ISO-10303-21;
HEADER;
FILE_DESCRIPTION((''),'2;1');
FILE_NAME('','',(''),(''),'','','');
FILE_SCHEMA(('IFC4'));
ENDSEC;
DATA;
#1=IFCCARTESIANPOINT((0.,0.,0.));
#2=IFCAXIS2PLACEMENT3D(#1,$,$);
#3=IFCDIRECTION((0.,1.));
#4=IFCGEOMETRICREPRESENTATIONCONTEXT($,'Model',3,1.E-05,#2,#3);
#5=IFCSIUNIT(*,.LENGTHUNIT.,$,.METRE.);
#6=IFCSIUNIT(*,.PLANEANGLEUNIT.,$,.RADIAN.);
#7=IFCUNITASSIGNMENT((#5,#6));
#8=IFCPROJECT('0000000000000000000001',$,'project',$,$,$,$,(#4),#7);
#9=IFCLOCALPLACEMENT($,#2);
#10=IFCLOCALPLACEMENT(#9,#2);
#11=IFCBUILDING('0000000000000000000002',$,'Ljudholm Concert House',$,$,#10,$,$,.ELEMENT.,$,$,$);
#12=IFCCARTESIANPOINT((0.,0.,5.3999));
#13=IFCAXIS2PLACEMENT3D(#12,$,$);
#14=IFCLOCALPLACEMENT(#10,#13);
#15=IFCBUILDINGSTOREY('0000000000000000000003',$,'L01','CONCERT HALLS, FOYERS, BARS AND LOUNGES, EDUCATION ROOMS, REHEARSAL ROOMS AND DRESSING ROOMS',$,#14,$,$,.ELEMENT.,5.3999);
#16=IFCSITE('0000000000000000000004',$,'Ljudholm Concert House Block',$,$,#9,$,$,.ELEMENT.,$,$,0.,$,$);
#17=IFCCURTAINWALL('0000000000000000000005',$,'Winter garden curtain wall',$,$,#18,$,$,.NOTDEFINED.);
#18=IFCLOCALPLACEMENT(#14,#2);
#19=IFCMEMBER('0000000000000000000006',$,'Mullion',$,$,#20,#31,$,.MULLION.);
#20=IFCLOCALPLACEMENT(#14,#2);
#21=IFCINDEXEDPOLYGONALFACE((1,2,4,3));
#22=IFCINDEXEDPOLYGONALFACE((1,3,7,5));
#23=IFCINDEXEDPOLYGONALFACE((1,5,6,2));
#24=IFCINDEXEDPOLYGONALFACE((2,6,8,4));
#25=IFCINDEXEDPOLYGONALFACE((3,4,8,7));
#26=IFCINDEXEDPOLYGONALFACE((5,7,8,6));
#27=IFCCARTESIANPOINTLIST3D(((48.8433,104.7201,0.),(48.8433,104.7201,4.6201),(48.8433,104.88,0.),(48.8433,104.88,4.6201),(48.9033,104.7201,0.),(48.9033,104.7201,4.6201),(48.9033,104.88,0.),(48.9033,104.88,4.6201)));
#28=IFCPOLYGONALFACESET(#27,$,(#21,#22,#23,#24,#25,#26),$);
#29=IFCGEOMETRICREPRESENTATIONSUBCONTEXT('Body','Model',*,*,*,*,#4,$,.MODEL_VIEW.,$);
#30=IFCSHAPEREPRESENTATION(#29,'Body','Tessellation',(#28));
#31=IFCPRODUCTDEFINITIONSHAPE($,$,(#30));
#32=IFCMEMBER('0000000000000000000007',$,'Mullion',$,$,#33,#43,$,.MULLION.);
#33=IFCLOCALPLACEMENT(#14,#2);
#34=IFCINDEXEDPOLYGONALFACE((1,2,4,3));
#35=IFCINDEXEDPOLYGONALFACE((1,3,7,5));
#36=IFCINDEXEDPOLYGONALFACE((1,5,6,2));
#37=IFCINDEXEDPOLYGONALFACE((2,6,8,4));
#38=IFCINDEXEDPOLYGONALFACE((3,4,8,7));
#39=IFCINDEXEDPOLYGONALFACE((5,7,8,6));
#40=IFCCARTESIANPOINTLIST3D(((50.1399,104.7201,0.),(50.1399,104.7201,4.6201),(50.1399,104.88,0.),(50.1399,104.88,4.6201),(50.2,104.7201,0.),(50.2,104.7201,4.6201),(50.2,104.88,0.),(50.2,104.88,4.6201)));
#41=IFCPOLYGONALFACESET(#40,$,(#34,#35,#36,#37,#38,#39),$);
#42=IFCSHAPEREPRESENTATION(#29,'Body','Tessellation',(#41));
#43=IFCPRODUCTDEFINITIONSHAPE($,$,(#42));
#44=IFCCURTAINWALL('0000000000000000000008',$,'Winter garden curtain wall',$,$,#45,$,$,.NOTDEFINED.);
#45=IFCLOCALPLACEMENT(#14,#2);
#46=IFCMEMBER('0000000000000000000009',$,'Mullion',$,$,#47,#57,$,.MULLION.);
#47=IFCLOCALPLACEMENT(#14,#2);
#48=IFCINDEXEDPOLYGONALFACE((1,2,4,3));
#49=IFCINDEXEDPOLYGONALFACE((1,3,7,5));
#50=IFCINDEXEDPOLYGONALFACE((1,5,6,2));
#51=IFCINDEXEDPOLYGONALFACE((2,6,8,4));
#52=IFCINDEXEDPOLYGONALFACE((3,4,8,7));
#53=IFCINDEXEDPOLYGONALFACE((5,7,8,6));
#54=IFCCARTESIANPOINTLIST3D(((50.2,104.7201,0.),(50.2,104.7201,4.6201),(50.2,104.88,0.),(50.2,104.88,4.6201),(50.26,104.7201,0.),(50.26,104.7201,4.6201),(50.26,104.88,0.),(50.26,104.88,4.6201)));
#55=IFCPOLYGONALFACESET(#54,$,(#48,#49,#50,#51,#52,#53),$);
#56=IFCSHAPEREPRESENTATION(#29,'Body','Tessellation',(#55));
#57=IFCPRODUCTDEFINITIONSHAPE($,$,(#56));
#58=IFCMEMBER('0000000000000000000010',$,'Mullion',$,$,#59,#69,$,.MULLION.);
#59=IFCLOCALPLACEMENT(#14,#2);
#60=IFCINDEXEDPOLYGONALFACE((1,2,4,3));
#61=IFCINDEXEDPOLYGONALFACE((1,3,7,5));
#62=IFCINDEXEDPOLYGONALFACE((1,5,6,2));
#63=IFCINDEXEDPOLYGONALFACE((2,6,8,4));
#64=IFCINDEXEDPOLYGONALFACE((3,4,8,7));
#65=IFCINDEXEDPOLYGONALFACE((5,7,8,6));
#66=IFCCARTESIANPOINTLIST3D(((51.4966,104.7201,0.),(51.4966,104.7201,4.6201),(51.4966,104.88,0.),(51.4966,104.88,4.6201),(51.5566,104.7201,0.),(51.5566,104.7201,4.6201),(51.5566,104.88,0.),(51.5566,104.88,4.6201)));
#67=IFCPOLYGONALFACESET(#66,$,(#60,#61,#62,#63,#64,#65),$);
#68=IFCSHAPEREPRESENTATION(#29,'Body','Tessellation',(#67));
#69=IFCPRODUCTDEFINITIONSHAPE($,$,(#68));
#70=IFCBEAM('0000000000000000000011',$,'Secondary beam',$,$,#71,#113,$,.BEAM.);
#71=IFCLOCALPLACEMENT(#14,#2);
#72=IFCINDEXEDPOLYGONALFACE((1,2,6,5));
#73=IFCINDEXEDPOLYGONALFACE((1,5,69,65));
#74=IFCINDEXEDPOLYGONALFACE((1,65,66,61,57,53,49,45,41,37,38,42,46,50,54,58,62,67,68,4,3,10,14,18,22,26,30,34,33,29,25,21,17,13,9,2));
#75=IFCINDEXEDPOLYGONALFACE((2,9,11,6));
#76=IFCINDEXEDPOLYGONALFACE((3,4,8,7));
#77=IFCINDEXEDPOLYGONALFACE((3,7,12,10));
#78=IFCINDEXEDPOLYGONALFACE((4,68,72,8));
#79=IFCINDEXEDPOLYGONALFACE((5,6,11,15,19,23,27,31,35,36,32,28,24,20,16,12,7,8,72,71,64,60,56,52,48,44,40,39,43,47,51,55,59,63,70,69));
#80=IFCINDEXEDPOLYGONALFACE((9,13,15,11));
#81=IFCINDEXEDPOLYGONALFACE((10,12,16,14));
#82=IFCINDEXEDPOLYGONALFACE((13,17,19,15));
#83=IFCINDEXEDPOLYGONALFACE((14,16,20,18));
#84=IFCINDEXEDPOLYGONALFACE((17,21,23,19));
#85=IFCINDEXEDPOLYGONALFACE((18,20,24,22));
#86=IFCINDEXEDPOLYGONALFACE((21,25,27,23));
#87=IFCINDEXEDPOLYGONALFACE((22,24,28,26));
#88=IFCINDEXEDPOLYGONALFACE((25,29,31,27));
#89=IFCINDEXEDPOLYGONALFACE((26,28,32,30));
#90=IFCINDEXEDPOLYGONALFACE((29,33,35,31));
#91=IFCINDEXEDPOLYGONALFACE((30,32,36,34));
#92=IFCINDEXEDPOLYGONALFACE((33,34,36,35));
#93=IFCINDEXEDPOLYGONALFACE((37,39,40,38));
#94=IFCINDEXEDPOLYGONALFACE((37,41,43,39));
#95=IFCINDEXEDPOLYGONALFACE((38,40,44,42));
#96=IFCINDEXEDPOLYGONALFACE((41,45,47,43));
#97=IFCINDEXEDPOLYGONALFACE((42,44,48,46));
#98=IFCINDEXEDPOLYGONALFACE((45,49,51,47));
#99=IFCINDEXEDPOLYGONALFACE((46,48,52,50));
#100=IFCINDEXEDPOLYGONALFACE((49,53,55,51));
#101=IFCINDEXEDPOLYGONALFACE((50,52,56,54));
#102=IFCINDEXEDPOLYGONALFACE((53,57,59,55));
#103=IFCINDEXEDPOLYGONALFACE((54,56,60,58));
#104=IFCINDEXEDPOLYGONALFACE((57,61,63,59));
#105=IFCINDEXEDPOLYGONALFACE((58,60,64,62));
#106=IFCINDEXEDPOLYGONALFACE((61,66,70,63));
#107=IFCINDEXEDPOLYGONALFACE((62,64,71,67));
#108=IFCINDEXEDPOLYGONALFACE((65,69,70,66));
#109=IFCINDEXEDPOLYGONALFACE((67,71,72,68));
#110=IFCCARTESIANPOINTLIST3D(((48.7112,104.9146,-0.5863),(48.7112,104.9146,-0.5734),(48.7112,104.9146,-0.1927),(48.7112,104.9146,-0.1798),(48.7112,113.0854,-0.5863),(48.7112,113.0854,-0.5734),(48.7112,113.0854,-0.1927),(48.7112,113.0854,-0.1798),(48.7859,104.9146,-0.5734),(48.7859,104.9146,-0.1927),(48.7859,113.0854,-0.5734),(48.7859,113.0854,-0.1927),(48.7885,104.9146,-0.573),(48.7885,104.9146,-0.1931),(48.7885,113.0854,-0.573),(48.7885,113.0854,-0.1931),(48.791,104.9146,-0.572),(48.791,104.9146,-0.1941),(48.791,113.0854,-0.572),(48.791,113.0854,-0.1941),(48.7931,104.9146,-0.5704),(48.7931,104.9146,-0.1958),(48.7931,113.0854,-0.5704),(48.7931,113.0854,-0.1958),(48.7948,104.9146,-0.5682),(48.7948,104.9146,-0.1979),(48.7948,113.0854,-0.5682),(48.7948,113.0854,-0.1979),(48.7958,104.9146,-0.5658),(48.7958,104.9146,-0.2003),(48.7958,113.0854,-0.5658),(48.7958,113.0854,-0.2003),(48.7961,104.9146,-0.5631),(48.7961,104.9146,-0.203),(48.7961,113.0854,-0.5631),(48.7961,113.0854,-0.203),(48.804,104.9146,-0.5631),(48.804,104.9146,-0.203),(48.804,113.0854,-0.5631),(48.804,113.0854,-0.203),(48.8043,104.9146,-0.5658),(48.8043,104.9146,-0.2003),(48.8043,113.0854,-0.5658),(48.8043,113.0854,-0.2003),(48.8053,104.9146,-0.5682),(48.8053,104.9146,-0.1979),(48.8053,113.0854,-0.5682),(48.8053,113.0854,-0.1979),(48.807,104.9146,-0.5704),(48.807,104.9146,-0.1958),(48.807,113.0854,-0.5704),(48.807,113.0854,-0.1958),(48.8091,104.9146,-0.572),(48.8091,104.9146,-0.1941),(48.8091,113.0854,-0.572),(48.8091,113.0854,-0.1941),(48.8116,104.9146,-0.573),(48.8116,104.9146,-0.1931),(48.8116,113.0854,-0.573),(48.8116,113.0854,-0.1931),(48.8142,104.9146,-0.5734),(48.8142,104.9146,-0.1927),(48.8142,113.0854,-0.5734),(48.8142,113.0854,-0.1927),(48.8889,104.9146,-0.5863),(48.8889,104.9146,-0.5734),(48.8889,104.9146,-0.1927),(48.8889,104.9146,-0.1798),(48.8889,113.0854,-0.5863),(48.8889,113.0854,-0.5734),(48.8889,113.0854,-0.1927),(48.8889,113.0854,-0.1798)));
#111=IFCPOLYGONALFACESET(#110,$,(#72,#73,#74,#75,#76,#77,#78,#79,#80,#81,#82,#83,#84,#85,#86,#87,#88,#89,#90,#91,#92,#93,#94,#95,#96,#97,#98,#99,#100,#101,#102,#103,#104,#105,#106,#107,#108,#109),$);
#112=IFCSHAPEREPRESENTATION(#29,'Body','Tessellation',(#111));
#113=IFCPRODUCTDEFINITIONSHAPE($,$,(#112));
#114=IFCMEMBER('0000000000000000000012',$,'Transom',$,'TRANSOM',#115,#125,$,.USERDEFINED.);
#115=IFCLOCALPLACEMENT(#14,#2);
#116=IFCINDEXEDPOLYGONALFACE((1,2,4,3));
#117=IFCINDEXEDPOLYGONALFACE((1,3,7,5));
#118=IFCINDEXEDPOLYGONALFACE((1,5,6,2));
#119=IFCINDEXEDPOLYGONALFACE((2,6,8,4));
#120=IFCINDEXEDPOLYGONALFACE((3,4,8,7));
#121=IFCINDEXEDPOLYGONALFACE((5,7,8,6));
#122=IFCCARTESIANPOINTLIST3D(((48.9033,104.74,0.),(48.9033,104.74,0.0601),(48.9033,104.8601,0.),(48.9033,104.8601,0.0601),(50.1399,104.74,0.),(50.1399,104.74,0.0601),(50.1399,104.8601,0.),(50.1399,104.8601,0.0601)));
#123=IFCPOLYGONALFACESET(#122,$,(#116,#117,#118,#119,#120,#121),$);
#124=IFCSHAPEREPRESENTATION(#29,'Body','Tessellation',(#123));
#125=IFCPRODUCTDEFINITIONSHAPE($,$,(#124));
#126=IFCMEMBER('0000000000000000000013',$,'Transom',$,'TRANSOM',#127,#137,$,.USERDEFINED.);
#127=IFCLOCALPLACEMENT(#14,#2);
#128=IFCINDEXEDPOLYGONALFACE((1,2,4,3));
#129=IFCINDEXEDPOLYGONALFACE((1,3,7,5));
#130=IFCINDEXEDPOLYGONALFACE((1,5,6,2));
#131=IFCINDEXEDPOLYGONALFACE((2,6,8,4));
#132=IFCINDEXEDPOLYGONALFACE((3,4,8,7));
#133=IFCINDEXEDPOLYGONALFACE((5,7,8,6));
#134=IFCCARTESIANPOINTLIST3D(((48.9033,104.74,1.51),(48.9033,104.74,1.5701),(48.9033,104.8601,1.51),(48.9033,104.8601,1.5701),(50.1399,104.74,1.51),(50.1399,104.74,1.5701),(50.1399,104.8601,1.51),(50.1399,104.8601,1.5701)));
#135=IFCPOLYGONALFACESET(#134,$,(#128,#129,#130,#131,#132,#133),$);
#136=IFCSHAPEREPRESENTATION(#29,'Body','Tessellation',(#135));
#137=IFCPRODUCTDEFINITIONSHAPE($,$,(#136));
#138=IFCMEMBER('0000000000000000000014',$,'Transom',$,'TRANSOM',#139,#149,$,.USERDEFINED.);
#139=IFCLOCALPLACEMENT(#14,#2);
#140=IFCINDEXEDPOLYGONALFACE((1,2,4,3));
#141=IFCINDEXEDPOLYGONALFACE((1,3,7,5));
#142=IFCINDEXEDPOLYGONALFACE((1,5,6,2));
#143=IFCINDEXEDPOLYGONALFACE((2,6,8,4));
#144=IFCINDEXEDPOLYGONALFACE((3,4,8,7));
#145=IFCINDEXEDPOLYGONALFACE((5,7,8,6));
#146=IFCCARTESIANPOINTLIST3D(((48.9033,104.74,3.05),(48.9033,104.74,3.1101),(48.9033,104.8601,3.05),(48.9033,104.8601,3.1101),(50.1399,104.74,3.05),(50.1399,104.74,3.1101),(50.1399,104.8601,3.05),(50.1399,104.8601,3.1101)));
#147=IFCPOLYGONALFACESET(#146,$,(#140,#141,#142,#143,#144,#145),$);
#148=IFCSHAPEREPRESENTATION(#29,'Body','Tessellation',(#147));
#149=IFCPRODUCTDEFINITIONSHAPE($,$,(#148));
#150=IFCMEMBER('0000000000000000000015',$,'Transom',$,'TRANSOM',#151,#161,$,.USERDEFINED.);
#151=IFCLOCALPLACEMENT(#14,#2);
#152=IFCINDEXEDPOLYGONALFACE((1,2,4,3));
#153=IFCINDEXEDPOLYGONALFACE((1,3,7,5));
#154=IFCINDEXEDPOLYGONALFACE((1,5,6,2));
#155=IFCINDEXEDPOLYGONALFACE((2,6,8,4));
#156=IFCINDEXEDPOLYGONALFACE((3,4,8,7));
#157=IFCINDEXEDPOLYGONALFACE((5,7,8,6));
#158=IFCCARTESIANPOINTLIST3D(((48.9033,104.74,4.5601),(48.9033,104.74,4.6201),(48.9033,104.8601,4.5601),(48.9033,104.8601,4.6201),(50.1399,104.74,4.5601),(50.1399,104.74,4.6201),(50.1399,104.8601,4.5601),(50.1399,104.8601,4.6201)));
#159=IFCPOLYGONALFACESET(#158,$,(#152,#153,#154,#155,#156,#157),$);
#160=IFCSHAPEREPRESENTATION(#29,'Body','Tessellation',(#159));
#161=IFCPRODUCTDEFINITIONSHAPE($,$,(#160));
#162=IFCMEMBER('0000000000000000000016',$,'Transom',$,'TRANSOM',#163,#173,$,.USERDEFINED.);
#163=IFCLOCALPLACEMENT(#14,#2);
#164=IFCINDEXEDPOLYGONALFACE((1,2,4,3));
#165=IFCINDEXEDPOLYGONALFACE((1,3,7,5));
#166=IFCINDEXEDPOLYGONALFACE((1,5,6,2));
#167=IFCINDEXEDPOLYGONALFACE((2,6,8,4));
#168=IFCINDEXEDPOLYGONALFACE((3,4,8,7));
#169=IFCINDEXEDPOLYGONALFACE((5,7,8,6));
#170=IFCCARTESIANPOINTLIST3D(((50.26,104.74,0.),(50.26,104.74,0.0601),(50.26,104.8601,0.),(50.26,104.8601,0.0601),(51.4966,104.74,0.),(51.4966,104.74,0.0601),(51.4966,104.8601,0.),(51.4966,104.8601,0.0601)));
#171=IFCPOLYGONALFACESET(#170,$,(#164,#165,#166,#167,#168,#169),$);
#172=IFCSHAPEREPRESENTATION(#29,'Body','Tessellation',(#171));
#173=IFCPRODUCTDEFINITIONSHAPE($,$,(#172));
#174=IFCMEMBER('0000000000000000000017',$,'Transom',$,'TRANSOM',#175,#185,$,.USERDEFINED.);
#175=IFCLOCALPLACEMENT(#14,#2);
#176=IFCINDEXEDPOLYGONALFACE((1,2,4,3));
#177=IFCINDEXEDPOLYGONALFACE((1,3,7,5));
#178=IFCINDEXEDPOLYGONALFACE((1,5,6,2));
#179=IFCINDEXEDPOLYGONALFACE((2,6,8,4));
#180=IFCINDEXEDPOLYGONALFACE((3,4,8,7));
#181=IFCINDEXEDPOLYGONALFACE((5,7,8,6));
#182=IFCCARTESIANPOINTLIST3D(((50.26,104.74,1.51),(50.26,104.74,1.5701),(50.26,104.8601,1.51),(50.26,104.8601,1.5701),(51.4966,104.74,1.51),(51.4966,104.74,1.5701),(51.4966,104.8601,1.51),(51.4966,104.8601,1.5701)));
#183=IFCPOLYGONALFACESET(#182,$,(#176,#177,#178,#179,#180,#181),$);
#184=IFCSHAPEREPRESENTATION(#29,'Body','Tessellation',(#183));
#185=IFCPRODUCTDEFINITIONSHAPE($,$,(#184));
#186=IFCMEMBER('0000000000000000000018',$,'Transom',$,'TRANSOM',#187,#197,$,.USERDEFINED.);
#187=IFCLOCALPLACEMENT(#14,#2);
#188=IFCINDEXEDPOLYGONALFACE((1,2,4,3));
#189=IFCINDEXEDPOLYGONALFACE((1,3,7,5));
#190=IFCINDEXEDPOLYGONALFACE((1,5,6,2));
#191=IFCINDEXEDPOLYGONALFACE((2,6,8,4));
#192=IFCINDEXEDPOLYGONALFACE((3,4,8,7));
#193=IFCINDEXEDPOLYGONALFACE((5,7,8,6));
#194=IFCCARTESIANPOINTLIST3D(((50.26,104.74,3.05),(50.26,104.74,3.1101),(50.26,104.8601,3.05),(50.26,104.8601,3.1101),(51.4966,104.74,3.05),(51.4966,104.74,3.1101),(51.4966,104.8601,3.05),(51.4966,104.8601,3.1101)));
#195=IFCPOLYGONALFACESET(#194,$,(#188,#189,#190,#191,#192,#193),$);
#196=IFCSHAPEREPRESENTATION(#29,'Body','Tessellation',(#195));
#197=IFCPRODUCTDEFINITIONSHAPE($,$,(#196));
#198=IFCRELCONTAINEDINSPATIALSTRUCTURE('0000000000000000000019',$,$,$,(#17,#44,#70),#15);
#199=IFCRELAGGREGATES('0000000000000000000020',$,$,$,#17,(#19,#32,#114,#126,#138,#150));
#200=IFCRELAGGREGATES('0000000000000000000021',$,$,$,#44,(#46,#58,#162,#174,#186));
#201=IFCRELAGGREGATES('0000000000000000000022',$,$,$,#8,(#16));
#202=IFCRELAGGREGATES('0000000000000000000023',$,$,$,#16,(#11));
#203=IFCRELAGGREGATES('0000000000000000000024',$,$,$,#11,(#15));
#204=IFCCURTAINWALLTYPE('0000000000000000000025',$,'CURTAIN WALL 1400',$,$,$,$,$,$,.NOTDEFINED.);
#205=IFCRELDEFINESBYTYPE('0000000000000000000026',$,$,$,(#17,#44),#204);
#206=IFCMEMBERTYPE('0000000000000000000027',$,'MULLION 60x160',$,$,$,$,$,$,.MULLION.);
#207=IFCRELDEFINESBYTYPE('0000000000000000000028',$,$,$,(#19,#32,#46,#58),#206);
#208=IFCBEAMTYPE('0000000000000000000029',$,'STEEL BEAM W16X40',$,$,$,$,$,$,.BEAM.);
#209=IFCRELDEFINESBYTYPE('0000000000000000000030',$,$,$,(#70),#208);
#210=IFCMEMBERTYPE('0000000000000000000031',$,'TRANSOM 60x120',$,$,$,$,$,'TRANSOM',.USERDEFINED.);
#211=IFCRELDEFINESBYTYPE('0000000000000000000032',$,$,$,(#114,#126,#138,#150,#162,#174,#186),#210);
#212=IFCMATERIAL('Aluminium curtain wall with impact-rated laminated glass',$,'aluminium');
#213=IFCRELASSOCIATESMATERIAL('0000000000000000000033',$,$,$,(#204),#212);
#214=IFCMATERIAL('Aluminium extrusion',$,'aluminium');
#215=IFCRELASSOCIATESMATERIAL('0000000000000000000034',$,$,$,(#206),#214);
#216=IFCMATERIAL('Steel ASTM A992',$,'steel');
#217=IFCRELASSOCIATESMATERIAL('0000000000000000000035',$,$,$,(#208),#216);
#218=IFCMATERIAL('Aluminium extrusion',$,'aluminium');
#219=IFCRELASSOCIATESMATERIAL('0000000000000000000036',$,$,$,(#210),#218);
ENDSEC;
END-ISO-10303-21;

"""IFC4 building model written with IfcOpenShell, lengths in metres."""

from ifc_helpers import new_model, si_unit, direction, frame, origin, origin_2d, place, context, subcontext, project, spatial, rectangle, i_section, extrude, material, material_profile, profile_set, type_object, element, aggregate, save


model = new_model("IFC4")

# Units and contexts
model_context = context("Model", 3, precision=1e-05, world=origin(), true_north=direction((0.0, 1.0)))
body_context = subcontext(model_context, "Body", "Model", "MODEL_VIEW")
ifc_project = project(units=[si_unit("LENGTHUNIT", "METRE"), si_unit("PLANEANGLEUNIT", "RADIAN")], contexts=[model_context])

# Site, building, storey
site_placement = place(None, origin())
site = spatial("IfcSite", under=ifc_project, at=site_placement, Name="Ljudholm Concert House Block", CompositionType="ELEMENT", RefElevation=0.0)
building_placement = place(site_placement, origin())
building = spatial("IfcBuilding", under=site, at=building_placement, Name="Ljudholm Concert House", CompositionType="ELEMENT")
storey_placement = place(building_placement, frame((0.0, 0.0, 5.3999)))
storey = spatial("IfcBuildingStorey", under=building, at=storey_placement, Name="L01", Description="CONCERT HALLS, FOYERS, BARS AND LOUNGES, EDUCATION ROOMS, REHEARSAL ROOMS AND DRESSING ROOMS", CompositionType="ELEMENT", Elevation=5.3999)

# Curtain walls, members
ifc_material_1 = material(Name="Aluminium curtain wall with impact-rated laminated glass", Category="aluminium")
curtain_wall_type = type_object("IfcCurtainWallType", Name="CURTAIN WALL 1400", PredefinedType="NOTDEFINED", material=ifc_material_1)
curtain_wall_1_placement = place(storey_placement, origin())
curtain_wall_1 = element("IfcCurtainWall", 1, at=curtain_wall_1_placement, inside=storey, type_object=curtain_wall_type, Name="Winter garden curtain wall", PredefinedType="NOTDEFINED")
ifc_material_2 = material(Name="Aluminium extrusion", Category="aluminium")
ifc_material_profile_1 = material_profile(ifc_material_2, rectangle(XDim=0.1599, YDim=0.0601, at=origin_2d()), Name="MULLION 60x160")
ifc_profile_set_1 = profile_set([ifc_material_profile_1], Name="Aluminium extrusion")
member_type_1 = type_object("IfcMemberType", Name="MULLION 60x160", PredefinedType="MULLION", material=ifc_profile_set_1)
member_1_placement = place(storey_placement, frame((48.8733, 104.8, 0.0), z_axis=(0.0, 0.0, 1.0), x_axis=(0.0, 1.0, 0.0)))
member_1 = element("IfcMember", 2, at=member_1_placement, type_object=member_type_1, Name="Mullion", PredefinedType="MULLION", context=body_context, shape_type="SweptSolid", body=[
    extrude(rectangle(XDim=0.1599, YDim=0.0601, at=origin_2d()), origin(), (0.0, 0.0, 1.0), 4.6201),
])
member_2_placement = place(storey_placement, frame((50.1699, 104.8, 0.0), z_axis=(0.0, 0.0, 1.0), x_axis=(0.0, 1.0, 0.0)))
member_2 = element("IfcMember", 3, at=member_2_placement, type_object=member_type_1, Name="Mullion", PredefinedType="MULLION", context=body_context, shape_type="SweptSolid", body=[
    extrude(rectangle(XDim=0.1599, YDim=0.0601, at=origin_2d()), origin(), (0.0, 0.0, 1.0), 4.6201),
])
curtain_wall_2_placement = place(storey_placement, origin())
curtain_wall_2 = element("IfcCurtainWall", 4, at=curtain_wall_2_placement, inside=storey, type_object=curtain_wall_type, Name="Winter garden curtain wall", PredefinedType="NOTDEFINED")
member_3_placement = place(storey_placement, frame((50.23, 104.8, 0.0), z_axis=(0.0, 0.0, 1.0), x_axis=(0.0, 1.0, 0.0)))
member_3 = element("IfcMember", 5, at=member_3_placement, type_object=member_type_1, Name="Mullion", PredefinedType="MULLION", context=body_context, shape_type="SweptSolid", body=[
    extrude(rectangle(XDim=0.1599, YDim=0.0601, at=origin_2d()), origin(), (0.0, 0.0, 1.0), 4.6201),
])
member_4_placement = place(storey_placement, frame((51.5266, 104.8, 0.0), z_axis=(0.0, 0.0, 1.0), x_axis=(0.0, 1.0, 0.0)))
member_4 = element("IfcMember", 6, at=member_4_placement, type_object=member_type_1, Name="Mullion", PredefinedType="MULLION", context=body_context, shape_type="SweptSolid", body=[
    extrude(rectangle(XDim=0.1599, YDim=0.0601, at=origin_2d()), origin(), (0.0, 0.0, 1.0), 4.6201),
])

# Beam
ifc_material_3 = material(Name="Steel ASTM A992", Category="steel")
ifc_material_profile_2 = material_profile(ifc_material_3, i_section(OverallWidth=0.1777, OverallDepth=0.4065, WebThickness=0.0078, FlangeThickness=0.0129, FilletRadius=0.0103, at=origin_2d()), Name="W16X40")
ifc_profile_set_2 = profile_set([ifc_material_profile_2], Name="Steel ASTM A992")
beam_type = type_object("IfcBeamType", Name="STEEL BEAM W16X40", PredefinedType="BEAM", material=ifc_profile_set_2)
beam_placement = place(storey_placement, frame((48.8, 104.9146, -0.3831), z_axis=(0.0, 1.0, 0.0), x_axis=(-1.0, 0.0, 0.0)))
element("IfcBeam", 7, at=beam_placement, inside=storey, type_object=beam_type, Name="Secondary beam", PredefinedType="BEAM", context=body_context, shape_type="SweptSolid", body=[
    extrude(i_section(OverallWidth=0.1777, OverallDepth=0.4065, WebThickness=0.0078, FlangeThickness=0.0129, FilletRadius=0.0103, at=origin_2d()), origin(), (0.0, 0.0, 1.0), 8.1709),
])

# Members
ifc_material_4 = material(Name="Aluminium extrusion", Category="aluminium")
ifc_material_profile_3 = material_profile(ifc_material_4, rectangle(XDim=0.1201, YDim=0.0601, at=origin_2d()), Name="TRANSOM 60x120")
ifc_profile_set_3 = profile_set([ifc_material_profile_3], Name="Aluminium extrusion")
member_type_2 = type_object("IfcMemberType", Name="TRANSOM 60x120", ElementType="TRANSOM", PredefinedType="USERDEFINED", material=ifc_profile_set_3)
member_5_placement = place(storey_placement, frame((48.9033, 104.8, 0.03), z_axis=(1.0, 0.0, 0.0), x_axis=(0.0, 1.0, 0.0)))
member_5 = element("IfcMember", 8, at=member_5_placement, type_object=member_type_2, Name="Transom", ObjectType="TRANSOM", PredefinedType="USERDEFINED", context=body_context, shape_type="SweptSolid", body=[
    extrude(rectangle(XDim=0.1201, YDim=0.0601, at=origin_2d()), origin(), (0.0, 0.0, 1.0), 1.2366),
])
member_6_placement = place(storey_placement, frame((48.9033, 104.8, 1.54), z_axis=(1.0, 0.0, 0.0), x_axis=(0.0, 1.0, 0.0)))
member_6 = element("IfcMember", 9, at=member_6_placement, type_object=member_type_2, Name="Transom", ObjectType="TRANSOM", PredefinedType="USERDEFINED", context=body_context, shape_type="SweptSolid", body=[
    extrude(rectangle(XDim=0.1201, YDim=0.0601, at=origin_2d()), origin(), (0.0, 0.0, 1.0), 1.2366),
])
member_7_placement = place(storey_placement, frame((48.9033, 104.8, 3.0801), z_axis=(1.0, 0.0, 0.0), x_axis=(0.0, 1.0, 0.0)))
member_7 = element("IfcMember", 10, at=member_7_placement, type_object=member_type_2, Name="Transom", ObjectType="TRANSOM", PredefinedType="USERDEFINED", context=body_context, shape_type="SweptSolid", body=[
    extrude(rectangle(XDim=0.1201, YDim=0.0601, at=origin_2d()), origin(), (0.0, 0.0, 1.0), 1.2366),
])
member_8_placement = place(storey_placement, frame((48.9033, 104.8, 4.5901), z_axis=(1.0, 0.0, 0.0), x_axis=(0.0, 1.0, 0.0)))
member_8 = element("IfcMember", 11, at=member_8_placement, type_object=member_type_2, Name="Transom", ObjectType="TRANSOM", PredefinedType="USERDEFINED", context=body_context, shape_type="SweptSolid", body=[
    extrude(rectangle(XDim=0.1201, YDim=0.0601, at=origin_2d()), origin(), (0.0, 0.0, 1.0), 1.2366),
])
member_9_placement = place(storey_placement, frame((50.26, 104.8, 0.03), z_axis=(1.0, 0.0, 0.0), x_axis=(0.0, 1.0, 0.0)))
member_9 = element("IfcMember", 12, at=member_9_placement, type_object=member_type_2, Name="Transom", ObjectType="TRANSOM", PredefinedType="USERDEFINED", context=body_context, shape_type="SweptSolid", body=[
    extrude(rectangle(XDim=0.1201, YDim=0.0601, at=origin_2d()), origin(), (0.0, 0.0, 1.0), 1.2366),
])
member_10_placement = place(storey_placement, frame((50.26, 104.8, 1.54), z_axis=(1.0, 0.0, 0.0), x_axis=(0.0, 1.0, 0.0)))
member_10 = element("IfcMember", 13, at=member_10_placement, type_object=member_type_2, Name="Transom", ObjectType="TRANSOM", PredefinedType="USERDEFINED", context=body_context, shape_type="SweptSolid", body=[
    extrude(rectangle(XDim=0.1201, YDim=0.0601, at=origin_2d()), origin(), (0.0, 0.0, 1.0), 1.2366),
])
member_11_placement = place(storey_placement, frame((50.26, 104.8, 3.0801), z_axis=(1.0, 0.0, 0.0), x_axis=(0.0, 1.0, 0.0)))
member_11 = element("IfcMember", 14, at=member_11_placement, type_object=member_type_2, Name="Transom", ObjectType="TRANSOM", PredefinedType="USERDEFINED", context=body_context, shape_type="SweptSolid", body=[
    extrude(rectangle(XDim=0.1201, YDim=0.0601, at=origin_2d()), origin(), (0.0, 0.0, 1.0), 1.2366),
])

aggregate(curtain_wall_1, [member_1, member_2, member_5, member_6, member_7, member_8])
aggregate(curtain_wall_2, [member_3, member_4, member_9, member_10, member_11])

save(model, "model.ifc")
